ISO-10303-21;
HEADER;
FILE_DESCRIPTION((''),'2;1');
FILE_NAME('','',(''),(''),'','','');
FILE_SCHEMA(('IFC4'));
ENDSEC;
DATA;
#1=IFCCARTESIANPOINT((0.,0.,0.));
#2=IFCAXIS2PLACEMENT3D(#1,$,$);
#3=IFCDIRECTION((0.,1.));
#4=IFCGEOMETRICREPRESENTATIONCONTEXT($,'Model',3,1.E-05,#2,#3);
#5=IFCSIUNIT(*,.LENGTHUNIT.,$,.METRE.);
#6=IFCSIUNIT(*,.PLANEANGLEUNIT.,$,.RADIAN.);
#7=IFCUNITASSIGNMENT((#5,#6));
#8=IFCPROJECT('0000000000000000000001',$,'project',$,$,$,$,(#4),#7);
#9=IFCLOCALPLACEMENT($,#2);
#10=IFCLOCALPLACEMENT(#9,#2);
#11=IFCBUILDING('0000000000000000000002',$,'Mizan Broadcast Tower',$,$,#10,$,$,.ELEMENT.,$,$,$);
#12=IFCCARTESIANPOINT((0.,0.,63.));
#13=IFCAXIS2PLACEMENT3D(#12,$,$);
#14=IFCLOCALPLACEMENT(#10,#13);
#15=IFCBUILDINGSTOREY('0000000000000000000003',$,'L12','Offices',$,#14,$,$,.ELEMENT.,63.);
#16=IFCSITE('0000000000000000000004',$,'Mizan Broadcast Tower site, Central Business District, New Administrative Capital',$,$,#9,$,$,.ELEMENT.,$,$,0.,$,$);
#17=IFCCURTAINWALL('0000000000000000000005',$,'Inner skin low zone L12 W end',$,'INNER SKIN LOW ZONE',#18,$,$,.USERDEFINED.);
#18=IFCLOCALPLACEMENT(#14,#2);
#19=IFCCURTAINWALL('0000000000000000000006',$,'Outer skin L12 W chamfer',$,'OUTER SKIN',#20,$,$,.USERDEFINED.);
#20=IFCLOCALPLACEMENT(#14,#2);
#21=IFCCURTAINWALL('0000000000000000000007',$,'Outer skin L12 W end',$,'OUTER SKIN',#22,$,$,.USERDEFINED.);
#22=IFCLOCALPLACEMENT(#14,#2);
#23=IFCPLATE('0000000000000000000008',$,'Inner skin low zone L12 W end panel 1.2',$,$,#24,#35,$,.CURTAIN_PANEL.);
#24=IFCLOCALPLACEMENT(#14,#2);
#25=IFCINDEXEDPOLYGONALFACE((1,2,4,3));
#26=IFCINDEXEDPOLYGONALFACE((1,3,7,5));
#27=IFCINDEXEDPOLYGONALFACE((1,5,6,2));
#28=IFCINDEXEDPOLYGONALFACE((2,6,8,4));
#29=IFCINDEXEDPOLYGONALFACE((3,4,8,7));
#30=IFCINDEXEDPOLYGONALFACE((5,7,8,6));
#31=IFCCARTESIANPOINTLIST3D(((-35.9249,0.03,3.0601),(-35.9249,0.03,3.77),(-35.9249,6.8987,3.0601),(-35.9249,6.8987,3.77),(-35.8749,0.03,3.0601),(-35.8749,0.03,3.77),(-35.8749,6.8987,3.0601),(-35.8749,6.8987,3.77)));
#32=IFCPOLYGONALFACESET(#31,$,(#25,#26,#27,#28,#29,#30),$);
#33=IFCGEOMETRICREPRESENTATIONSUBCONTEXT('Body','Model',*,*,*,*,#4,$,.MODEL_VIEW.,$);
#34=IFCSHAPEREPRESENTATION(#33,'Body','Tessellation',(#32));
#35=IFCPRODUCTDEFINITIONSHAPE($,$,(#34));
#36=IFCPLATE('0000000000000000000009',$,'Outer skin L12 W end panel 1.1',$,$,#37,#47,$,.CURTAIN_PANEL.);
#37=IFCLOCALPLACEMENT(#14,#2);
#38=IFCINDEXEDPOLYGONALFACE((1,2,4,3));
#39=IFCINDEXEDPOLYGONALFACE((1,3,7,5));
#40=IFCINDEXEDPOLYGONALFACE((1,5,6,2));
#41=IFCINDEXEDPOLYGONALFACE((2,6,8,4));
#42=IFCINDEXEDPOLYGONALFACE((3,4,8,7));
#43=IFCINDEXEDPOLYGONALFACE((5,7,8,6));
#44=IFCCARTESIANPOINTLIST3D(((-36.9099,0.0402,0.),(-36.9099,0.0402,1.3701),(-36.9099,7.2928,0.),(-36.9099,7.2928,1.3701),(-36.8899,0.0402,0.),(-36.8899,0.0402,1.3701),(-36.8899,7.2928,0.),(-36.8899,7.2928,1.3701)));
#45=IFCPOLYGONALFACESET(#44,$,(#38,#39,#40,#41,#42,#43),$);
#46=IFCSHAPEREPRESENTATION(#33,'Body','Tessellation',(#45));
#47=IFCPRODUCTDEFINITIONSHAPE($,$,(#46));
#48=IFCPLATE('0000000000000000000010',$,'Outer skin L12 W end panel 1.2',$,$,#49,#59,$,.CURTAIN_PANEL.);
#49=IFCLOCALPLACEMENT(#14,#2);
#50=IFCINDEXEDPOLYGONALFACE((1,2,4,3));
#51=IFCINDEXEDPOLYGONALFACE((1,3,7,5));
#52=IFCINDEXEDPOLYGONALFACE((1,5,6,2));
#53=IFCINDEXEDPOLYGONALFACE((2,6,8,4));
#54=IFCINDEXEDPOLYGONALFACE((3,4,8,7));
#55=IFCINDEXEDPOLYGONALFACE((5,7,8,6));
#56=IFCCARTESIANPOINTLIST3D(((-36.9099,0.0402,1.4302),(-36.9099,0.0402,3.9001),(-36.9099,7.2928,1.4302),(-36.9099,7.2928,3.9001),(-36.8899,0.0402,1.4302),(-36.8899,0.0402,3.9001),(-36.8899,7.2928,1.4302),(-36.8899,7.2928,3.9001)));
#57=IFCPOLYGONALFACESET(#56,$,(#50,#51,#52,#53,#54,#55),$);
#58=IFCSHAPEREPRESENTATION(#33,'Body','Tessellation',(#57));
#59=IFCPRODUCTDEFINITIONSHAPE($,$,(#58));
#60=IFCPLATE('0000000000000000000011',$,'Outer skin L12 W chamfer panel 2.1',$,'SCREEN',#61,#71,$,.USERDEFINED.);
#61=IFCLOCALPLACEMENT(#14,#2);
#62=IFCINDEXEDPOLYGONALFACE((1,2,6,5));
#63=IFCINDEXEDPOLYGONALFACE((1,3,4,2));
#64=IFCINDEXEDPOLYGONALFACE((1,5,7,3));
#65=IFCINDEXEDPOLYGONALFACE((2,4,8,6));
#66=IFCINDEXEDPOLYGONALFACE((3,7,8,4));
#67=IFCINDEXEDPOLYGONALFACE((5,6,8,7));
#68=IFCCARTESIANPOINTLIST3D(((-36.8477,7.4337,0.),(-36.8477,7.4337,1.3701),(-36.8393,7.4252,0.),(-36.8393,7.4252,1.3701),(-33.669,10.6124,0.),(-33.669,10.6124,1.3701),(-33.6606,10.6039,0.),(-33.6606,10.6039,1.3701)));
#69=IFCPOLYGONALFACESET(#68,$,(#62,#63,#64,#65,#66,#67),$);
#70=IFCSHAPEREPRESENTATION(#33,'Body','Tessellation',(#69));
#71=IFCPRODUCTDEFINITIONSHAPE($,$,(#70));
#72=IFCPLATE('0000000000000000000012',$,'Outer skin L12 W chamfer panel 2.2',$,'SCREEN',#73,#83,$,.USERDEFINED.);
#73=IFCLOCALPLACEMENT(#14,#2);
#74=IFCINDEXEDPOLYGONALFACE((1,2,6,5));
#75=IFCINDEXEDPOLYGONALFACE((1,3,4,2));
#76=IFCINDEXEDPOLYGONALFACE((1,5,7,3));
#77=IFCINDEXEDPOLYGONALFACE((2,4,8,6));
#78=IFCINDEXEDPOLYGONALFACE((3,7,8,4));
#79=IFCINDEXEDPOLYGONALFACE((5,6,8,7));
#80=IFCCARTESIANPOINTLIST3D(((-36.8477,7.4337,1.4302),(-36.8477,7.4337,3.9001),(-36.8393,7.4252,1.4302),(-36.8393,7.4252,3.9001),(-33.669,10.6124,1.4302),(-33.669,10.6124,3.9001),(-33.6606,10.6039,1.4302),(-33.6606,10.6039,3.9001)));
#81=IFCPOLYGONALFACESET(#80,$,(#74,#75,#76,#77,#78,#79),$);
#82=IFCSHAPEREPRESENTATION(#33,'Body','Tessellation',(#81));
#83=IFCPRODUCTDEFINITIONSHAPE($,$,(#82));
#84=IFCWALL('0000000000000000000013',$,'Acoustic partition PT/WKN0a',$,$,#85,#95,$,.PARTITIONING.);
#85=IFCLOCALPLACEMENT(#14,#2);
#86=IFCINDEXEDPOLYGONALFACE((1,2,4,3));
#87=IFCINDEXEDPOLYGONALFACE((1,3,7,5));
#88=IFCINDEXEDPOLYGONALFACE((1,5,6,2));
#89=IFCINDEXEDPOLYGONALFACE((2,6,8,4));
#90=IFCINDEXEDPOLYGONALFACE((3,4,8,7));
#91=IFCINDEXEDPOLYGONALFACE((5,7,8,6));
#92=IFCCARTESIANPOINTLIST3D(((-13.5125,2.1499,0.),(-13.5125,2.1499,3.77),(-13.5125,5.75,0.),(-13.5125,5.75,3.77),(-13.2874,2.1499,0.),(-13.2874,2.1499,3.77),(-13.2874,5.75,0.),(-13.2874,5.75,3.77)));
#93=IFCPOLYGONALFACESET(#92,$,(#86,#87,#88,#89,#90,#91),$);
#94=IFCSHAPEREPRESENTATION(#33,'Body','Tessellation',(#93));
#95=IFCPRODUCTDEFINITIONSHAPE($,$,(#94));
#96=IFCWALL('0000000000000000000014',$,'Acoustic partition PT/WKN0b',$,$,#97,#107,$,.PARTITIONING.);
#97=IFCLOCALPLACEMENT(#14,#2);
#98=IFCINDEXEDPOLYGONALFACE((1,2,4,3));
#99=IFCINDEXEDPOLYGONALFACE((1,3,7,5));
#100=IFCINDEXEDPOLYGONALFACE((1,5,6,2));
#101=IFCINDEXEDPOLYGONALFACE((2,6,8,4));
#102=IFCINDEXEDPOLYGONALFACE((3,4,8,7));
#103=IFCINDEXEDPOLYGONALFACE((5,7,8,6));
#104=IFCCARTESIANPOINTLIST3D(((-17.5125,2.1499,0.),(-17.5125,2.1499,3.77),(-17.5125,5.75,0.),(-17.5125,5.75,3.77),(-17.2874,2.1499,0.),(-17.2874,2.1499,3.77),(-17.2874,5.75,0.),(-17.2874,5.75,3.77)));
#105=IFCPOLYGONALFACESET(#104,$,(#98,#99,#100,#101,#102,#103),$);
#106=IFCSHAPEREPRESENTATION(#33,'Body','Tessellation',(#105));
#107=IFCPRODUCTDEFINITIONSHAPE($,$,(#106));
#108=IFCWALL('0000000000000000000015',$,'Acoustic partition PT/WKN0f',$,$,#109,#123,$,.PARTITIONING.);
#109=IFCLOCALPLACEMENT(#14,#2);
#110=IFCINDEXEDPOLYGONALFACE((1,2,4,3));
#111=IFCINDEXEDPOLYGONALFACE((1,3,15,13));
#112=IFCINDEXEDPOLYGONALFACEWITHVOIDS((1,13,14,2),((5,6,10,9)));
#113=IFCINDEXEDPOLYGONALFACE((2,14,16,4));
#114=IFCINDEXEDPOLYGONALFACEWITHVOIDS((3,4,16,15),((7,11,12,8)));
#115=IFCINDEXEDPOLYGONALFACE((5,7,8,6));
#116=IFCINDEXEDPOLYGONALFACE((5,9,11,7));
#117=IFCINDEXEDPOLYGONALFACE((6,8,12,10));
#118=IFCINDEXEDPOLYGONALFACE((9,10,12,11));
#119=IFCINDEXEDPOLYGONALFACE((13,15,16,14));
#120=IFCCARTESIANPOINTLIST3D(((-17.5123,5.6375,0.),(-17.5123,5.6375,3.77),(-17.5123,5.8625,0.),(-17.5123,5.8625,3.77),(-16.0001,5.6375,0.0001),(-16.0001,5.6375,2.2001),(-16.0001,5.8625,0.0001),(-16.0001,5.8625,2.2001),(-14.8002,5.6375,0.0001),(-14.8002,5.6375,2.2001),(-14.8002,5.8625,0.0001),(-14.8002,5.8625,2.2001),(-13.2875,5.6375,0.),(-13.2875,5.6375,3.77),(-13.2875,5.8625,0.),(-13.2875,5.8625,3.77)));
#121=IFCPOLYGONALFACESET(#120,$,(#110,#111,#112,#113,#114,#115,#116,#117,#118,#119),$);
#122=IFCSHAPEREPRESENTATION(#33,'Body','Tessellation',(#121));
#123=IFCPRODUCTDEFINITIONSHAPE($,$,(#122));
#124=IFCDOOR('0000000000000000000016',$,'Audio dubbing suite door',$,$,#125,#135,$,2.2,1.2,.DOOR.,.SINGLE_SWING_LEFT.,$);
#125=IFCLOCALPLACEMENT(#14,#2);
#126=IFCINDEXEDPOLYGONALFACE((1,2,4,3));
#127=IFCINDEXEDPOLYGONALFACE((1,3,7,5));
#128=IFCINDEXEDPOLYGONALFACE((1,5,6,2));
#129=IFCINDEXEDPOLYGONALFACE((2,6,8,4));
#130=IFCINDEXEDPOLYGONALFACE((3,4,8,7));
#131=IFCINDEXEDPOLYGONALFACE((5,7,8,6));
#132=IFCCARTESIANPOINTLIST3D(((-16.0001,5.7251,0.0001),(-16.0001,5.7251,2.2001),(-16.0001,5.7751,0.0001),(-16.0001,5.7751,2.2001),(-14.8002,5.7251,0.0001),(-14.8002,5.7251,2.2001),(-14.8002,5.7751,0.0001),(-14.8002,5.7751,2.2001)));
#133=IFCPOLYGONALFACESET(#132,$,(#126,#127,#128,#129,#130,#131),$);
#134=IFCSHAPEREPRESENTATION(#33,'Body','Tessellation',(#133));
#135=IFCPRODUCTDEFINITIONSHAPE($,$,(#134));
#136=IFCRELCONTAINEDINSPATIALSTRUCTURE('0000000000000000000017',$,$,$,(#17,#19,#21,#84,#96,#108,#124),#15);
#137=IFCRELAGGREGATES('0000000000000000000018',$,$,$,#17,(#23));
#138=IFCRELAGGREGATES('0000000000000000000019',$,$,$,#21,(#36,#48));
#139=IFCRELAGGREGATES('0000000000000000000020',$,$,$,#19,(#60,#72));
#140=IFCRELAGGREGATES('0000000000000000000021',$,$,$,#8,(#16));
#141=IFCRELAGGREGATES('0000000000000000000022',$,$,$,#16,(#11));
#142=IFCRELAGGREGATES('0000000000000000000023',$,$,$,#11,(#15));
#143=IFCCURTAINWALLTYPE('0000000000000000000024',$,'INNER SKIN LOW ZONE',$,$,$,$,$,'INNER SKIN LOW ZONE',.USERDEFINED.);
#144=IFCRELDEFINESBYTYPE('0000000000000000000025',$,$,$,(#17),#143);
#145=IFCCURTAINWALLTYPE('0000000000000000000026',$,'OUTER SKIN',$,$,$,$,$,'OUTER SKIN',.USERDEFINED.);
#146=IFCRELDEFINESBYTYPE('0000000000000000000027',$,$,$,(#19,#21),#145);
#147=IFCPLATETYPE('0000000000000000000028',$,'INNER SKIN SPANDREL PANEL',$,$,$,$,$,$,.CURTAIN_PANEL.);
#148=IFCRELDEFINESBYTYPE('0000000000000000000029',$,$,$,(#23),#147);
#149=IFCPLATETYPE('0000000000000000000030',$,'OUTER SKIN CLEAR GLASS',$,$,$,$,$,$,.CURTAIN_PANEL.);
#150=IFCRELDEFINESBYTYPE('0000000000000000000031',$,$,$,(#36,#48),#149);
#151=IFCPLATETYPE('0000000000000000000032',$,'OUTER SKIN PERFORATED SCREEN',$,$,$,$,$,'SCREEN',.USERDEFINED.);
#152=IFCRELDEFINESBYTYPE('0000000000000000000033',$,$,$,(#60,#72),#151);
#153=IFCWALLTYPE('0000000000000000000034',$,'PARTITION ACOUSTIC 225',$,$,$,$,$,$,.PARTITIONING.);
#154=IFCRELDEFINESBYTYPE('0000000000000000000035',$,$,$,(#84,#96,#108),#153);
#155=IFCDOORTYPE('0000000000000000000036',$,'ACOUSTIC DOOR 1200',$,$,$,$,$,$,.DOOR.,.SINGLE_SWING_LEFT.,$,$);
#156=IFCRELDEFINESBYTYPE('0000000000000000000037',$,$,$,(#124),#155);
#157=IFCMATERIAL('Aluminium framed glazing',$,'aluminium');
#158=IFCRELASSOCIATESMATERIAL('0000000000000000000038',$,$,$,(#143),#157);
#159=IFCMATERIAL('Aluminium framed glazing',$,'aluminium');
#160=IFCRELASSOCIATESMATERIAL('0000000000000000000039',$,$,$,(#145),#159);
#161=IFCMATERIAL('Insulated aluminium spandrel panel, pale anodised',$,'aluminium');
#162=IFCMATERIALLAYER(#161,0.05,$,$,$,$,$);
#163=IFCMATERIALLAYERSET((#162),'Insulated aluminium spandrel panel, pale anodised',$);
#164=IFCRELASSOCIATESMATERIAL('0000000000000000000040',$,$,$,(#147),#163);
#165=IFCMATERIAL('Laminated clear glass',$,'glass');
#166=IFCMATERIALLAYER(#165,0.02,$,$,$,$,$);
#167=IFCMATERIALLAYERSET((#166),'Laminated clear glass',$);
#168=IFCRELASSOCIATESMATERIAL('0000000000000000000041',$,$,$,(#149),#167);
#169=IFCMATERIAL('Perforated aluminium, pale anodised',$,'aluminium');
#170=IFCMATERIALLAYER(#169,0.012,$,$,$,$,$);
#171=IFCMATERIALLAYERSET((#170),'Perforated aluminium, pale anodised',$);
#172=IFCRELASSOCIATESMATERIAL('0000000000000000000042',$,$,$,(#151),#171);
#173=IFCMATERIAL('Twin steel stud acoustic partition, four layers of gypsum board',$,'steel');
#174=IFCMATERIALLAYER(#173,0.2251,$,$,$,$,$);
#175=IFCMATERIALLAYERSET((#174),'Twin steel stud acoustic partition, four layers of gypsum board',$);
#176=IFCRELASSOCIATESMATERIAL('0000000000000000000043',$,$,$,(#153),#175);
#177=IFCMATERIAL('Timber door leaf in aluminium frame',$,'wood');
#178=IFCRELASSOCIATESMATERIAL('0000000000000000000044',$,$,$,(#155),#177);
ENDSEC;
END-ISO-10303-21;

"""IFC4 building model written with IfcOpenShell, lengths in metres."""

from ifc_helpers import new_model, si_unit, direction, frame, frame_2d, origin, origin_2d, place, context, subcontext, project, spatial, rectangle, extrude, material, layer, layer_set, type_object, element, fill, aggregate, save


model = new_model("IFC4")

# Units and contexts
model_context = context("Model", 3, precision=1e-05, world=origin(), true_north=direction((0.0, 1.0)))
body_context = subcontext(model_context, "Body", "Model", "MODEL_VIEW")
ifc_project = project(units=[si_unit("LENGTHUNIT", "METRE"), si_unit("PLANEANGLEUNIT", "RADIAN")], contexts=[model_context])

# Site, building, storey
site_placement = place(None, origin())
site = spatial("IfcSite", under=ifc_project, at=site_placement, Name="Mizan Broadcast Tower site, Central Business District, New Administrative Capital", CompositionType="ELEMENT", RefElevation=0.0)
building_placement = place(site_placement, origin())
building = spatial("IfcBuilding", under=site, at=building_placement, Name="Mizan Broadcast Tower", CompositionType="ELEMENT")
storey_placement = place(building_placement, frame((0.0, 0.0, 63.0)))
storey = spatial("IfcBuildingStorey", under=building, at=storey_placement, Name="L12", Description="Offices", CompositionType="ELEMENT", Elevation=63.0)

# Curtain wall
ifc_material_1 = material(Name="Aluminium framed glazing", Category="aluminium")
curtain_wall_type_1 = type_object("IfcCurtainWallType", Name="INNER SKIN LOW ZONE", ElementType="INNER SKIN LOW ZONE", PredefinedType="USERDEFINED", material=ifc_material_1)
curtain_wall_1_placement = place(storey_placement, origin())
curtain_wall_1 = element("IfcCurtainWall", 1, at=curtain_wall_1_placement, inside=storey, type_object=curtain_wall_type_1, Name="Inner skin low zone L12 W end", ObjectType="INNER SKIN LOW ZONE", PredefinedType="USERDEFINED")

# Curtain wall
ifc_material_2 = material(Name="Aluminium framed glazing", Category="aluminium")
curtain_wall_type_2 = type_object("IfcCurtainWallType", Name="OUTER SKIN", ElementType="OUTER SKIN", PredefinedType="USERDEFINED", material=ifc_material_2)
curtain_wall_2_placement = place(storey_placement, origin())
curtain_wall_2 = element("IfcCurtainWall", 2, at=curtain_wall_2_placement, inside=storey, type_object=curtain_wall_type_2, Name="Outer skin L12 W chamfer", ObjectType="OUTER SKIN", PredefinedType="USERDEFINED")

# Curtain wall
curtain_wall_3_placement = place(storey_placement, origin())
curtain_wall_3 = element("IfcCurtainWall", 3, at=curtain_wall_3_placement, inside=storey, type_object=curtain_wall_type_2, Name="Outer skin L12 W end", ObjectType="OUTER SKIN", PredefinedType="USERDEFINED")

# Plates
ifc_material_3 = material(Name="Insulated aluminium spandrel panel, pale anodised", Category="aluminium")
ifc_layer_1 = layer(ifc_material_3, 0.05)
ifc_layer_set_1 = layer_set([ifc_layer_1], Name="Insulated aluminium spandrel panel, pale anodised")
plate_type_1 = type_object("IfcPlateType", Name="INNER SKIN SPANDREL PANEL", PredefinedType="CURTAIN_PANEL", material=ifc_layer_set_1)
plate_1_placement = place(storey_placement, frame((-35.8999, 3.4644, 3.0601), z_axis=(0.0, 0.0, 1.0), x_axis=(0.0, -1.0, 0.0)))
plate_1 = element("IfcPlate", 4, at=plate_1_placement, type_object=plate_type_1, Name="Inner skin low zone L12 W end panel 1.2", PredefinedType="CURTAIN_PANEL", context=body_context, shape_type="SweptSolid", body=[
    extrude(rectangle(XDim=6.8687, YDim=0.05, at=origin_2d()), origin(), (0.0, 0.0, 1.0), 0.71),
])
aggregate(curtain_wall_1, [plate_1])
ifc_material_4 = material(Name="Laminated clear glass", Category="glass")
ifc_layer_2 = layer(ifc_material_4, 0.02)
ifc_layer_set_2 = layer_set([ifc_layer_2], Name="Laminated clear glass")
plate_type_2 = type_object("IfcPlateType", Name="OUTER SKIN CLEAR GLASS", PredefinedType="CURTAIN_PANEL", material=ifc_layer_set_2)
plate_2_placement = place(storey_placement, frame((-36.8999, 3.6665, 0.0), z_axis=(0.0, 0.0, 1.0), x_axis=(0.0, -1.0, 0.0)))
plate_2 = element("IfcPlate", 5, at=plate_2_placement, type_object=plate_type_2, Name="Outer skin L12 W end panel 1.1", PredefinedType="CURTAIN_PANEL", context=body_context, shape_type="SweptSolid", body=[
    extrude(rectangle(XDim=7.2527, YDim=0.02, at=origin_2d()), origin(), (0.0, 0.0, 1.0), 1.3701),
])
plate_3_placement = place(storey_placement, frame((-36.8999, 3.6665, 1.4302), z_axis=(0.0, 0.0, 1.0), x_axis=(0.0, -1.0, 0.0)))
plate_3 = element("IfcPlate", 6, at=plate_3_placement, type_object=plate_type_2, Name="Outer skin L12 W end panel 1.2", PredefinedType="CURTAIN_PANEL", context=body_context, shape_type="SweptSolid", body=[
    extrude(rectangle(XDim=7.2527, YDim=0.02, at=origin_2d()), origin(), (0.0, 0.0, 1.0), 2.47),
])
aggregate(curtain_wall_3, [plate_2, plate_3])
ifc_material_5 = material(Name="Perforated aluminium, pale anodised", Category="aluminium")
ifc_layer_3 = layer(ifc_material_5, 0.012)
ifc_layer_set_3 = layer_set([ifc_layer_3], Name="Perforated aluminium, pale anodised")
plate_type_3 = type_object("IfcPlateType", Name="OUTER SKIN PERFORATED SCREEN", ElementType="SCREEN", PredefinedType="USERDEFINED", material=ifc_layer_set_3)
plate_4_placement = place(storey_placement, frame((-35.2542, 9.0188, 0.0), z_axis=(0.0, 0.0, 1.0), x_axis=(-0.707107, -0.707107, 0.0)))
plate_4 = element("IfcPlate", 7, at=plate_4_placement, type_object=plate_type_3, Name="Outer skin L12 W chamfer panel 2.1", ObjectType="SCREEN", PredefinedType="USERDEFINED", context=body_context, shape_type="SweptSolid", body=[
    extrude(rectangle(XDim=4.4954, YDim=0.012, at=origin_2d()), origin(), (0.0, 0.0, 1.0), 1.3701),
])
plate_5_placement = place(storey_placement, frame((-35.2542, 9.0188, 1.4302), z_axis=(0.0, 0.0, 1.0), x_axis=(-0.707107, -0.707107, 0.0)))
plate_5 = element("IfcPlate", 8, at=plate_5_placement, type_object=plate_type_3, Name="Outer skin L12 W chamfer panel 2.2", ObjectType="SCREEN", PredefinedType="USERDEFINED", context=body_context, shape_type="SweptSolid", body=[
    extrude(rectangle(XDim=4.4954, YDim=0.012, at=origin_2d()), origin(), (0.0, 0.0, 1.0), 2.47),
])
aggregate(curtain_wall_2, [plate_4, plate_5])

# Walls
ifc_material_6 = material(Name="Twin steel stud acoustic partition, four layers of gypsum board", Category="steel")
ifc_layer_4 = layer(ifc_material_6, 0.2251)
ifc_layer_set_4 = layer_set([ifc_layer_4], Name="Twin steel stud acoustic partition, four layers of gypsum board")
wall_type = type_object("IfcWallType", Name="PARTITION ACOUSTIC 225", PredefinedType="PARTITIONING", material=ifc_layer_set_4)
for number, where, z_axis, x_axis, name in (
    (9, (-13.3999, 2.1499, 0.0), (0.0, 0.0, 1.0), (0.0, 1.0, 0.0), "Acoustic partition PT/WKN0a"),
    (10, (-17.3999, 2.1499, 0.0), (0.0, 0.0, 1.0), (0.0, 1.0, 0.0), "Acoustic partition PT/WKN0b"),
):
    element("IfcWall", number, at=place(storey_placement, frame(where, z_axis=z_axis, x_axis=x_axis)), inside=storey, type_object=wall_type, Name=name, PredefinedType="PARTITIONING", context=body_context, shape_type="SweptSolid", body=[
        extrude(rectangle(XDim=3.6001, YDim=0.2251, at=frame_2d((1.8, 0.0))), origin(), (0.0, 0.0, 1.0), 3.77),
    ])

# Wall, opening, door
wall_placement = place(storey_placement, frame((-13.2876, 5.75, 0.0), z_axis=(0.0, 0.0, 1.0), x_axis=(-1.0, 0.0, 0.0)))
wall = element("IfcWall", 11, at=wall_placement, inside=storey, type_object=wall_type, Name="Acoustic partition PT/WKN0f", PredefinedType="PARTITIONING", context=body_context, shape_type="SweptSolid", body=[
    extrude(rectangle(XDim=4.2249, YDim=0.2251, at=frame_2d((2.1123, 0.0))), origin(), (0.0, 0.0, 1.0), 3.77),
])
opening_placement = place(wall_placement, frame((1.5125, 0.0, 0.0)))
opening = element("IfcOpeningElement", 12, at=opening_placement, cuts=wall, PredefinedType="OPENING", context=body_context, shape_type="SweptSolid", body=[
    extrude(rectangle(XDim=1.2, YDim=2.2, at=frame_2d((0.6001, 1.1001))), frame((0.0, 0.1226, 0.0), z_axis=(0.0, -1.0, 0.0), x_axis=(1.0, 0.0, 0.0)), (0.0, 0.0, 1.0), 0.2451),
])
ifc_material_7 = material(Name="Timber door leaf in aluminium frame", Category="wood")
door_type = type_object("IfcDoorType", Name="ACOUSTIC DOOR 1200", OperationType="SINGLE_SWING_LEFT", PredefinedType="DOOR", material=ifc_material_7)
door_placement = place(opening_placement, origin())
door = element("IfcDoor", 13, at=door_placement, inside=storey, type_object=door_type, Name="Audio dubbing suite door", OperationType="SINGLE_SWING_LEFT", OverallHeight=2.2, OverallWidth=1.2, PredefinedType="DOOR", context=body_context, shape_type="SweptSolid", body=[
    extrude(rectangle(XDim=1.2, YDim=2.2, at=frame_2d((0.6001, 1.1001))), frame((0.0, 0.0249, 0.0), z_axis=(0.0, -1.0, 0.0), x_axis=(1.0, 0.0, 0.0)), (0.0, 0.0, 1.0), 0.05),
])
fill(opening, door)

save(model, "model.ifc")
